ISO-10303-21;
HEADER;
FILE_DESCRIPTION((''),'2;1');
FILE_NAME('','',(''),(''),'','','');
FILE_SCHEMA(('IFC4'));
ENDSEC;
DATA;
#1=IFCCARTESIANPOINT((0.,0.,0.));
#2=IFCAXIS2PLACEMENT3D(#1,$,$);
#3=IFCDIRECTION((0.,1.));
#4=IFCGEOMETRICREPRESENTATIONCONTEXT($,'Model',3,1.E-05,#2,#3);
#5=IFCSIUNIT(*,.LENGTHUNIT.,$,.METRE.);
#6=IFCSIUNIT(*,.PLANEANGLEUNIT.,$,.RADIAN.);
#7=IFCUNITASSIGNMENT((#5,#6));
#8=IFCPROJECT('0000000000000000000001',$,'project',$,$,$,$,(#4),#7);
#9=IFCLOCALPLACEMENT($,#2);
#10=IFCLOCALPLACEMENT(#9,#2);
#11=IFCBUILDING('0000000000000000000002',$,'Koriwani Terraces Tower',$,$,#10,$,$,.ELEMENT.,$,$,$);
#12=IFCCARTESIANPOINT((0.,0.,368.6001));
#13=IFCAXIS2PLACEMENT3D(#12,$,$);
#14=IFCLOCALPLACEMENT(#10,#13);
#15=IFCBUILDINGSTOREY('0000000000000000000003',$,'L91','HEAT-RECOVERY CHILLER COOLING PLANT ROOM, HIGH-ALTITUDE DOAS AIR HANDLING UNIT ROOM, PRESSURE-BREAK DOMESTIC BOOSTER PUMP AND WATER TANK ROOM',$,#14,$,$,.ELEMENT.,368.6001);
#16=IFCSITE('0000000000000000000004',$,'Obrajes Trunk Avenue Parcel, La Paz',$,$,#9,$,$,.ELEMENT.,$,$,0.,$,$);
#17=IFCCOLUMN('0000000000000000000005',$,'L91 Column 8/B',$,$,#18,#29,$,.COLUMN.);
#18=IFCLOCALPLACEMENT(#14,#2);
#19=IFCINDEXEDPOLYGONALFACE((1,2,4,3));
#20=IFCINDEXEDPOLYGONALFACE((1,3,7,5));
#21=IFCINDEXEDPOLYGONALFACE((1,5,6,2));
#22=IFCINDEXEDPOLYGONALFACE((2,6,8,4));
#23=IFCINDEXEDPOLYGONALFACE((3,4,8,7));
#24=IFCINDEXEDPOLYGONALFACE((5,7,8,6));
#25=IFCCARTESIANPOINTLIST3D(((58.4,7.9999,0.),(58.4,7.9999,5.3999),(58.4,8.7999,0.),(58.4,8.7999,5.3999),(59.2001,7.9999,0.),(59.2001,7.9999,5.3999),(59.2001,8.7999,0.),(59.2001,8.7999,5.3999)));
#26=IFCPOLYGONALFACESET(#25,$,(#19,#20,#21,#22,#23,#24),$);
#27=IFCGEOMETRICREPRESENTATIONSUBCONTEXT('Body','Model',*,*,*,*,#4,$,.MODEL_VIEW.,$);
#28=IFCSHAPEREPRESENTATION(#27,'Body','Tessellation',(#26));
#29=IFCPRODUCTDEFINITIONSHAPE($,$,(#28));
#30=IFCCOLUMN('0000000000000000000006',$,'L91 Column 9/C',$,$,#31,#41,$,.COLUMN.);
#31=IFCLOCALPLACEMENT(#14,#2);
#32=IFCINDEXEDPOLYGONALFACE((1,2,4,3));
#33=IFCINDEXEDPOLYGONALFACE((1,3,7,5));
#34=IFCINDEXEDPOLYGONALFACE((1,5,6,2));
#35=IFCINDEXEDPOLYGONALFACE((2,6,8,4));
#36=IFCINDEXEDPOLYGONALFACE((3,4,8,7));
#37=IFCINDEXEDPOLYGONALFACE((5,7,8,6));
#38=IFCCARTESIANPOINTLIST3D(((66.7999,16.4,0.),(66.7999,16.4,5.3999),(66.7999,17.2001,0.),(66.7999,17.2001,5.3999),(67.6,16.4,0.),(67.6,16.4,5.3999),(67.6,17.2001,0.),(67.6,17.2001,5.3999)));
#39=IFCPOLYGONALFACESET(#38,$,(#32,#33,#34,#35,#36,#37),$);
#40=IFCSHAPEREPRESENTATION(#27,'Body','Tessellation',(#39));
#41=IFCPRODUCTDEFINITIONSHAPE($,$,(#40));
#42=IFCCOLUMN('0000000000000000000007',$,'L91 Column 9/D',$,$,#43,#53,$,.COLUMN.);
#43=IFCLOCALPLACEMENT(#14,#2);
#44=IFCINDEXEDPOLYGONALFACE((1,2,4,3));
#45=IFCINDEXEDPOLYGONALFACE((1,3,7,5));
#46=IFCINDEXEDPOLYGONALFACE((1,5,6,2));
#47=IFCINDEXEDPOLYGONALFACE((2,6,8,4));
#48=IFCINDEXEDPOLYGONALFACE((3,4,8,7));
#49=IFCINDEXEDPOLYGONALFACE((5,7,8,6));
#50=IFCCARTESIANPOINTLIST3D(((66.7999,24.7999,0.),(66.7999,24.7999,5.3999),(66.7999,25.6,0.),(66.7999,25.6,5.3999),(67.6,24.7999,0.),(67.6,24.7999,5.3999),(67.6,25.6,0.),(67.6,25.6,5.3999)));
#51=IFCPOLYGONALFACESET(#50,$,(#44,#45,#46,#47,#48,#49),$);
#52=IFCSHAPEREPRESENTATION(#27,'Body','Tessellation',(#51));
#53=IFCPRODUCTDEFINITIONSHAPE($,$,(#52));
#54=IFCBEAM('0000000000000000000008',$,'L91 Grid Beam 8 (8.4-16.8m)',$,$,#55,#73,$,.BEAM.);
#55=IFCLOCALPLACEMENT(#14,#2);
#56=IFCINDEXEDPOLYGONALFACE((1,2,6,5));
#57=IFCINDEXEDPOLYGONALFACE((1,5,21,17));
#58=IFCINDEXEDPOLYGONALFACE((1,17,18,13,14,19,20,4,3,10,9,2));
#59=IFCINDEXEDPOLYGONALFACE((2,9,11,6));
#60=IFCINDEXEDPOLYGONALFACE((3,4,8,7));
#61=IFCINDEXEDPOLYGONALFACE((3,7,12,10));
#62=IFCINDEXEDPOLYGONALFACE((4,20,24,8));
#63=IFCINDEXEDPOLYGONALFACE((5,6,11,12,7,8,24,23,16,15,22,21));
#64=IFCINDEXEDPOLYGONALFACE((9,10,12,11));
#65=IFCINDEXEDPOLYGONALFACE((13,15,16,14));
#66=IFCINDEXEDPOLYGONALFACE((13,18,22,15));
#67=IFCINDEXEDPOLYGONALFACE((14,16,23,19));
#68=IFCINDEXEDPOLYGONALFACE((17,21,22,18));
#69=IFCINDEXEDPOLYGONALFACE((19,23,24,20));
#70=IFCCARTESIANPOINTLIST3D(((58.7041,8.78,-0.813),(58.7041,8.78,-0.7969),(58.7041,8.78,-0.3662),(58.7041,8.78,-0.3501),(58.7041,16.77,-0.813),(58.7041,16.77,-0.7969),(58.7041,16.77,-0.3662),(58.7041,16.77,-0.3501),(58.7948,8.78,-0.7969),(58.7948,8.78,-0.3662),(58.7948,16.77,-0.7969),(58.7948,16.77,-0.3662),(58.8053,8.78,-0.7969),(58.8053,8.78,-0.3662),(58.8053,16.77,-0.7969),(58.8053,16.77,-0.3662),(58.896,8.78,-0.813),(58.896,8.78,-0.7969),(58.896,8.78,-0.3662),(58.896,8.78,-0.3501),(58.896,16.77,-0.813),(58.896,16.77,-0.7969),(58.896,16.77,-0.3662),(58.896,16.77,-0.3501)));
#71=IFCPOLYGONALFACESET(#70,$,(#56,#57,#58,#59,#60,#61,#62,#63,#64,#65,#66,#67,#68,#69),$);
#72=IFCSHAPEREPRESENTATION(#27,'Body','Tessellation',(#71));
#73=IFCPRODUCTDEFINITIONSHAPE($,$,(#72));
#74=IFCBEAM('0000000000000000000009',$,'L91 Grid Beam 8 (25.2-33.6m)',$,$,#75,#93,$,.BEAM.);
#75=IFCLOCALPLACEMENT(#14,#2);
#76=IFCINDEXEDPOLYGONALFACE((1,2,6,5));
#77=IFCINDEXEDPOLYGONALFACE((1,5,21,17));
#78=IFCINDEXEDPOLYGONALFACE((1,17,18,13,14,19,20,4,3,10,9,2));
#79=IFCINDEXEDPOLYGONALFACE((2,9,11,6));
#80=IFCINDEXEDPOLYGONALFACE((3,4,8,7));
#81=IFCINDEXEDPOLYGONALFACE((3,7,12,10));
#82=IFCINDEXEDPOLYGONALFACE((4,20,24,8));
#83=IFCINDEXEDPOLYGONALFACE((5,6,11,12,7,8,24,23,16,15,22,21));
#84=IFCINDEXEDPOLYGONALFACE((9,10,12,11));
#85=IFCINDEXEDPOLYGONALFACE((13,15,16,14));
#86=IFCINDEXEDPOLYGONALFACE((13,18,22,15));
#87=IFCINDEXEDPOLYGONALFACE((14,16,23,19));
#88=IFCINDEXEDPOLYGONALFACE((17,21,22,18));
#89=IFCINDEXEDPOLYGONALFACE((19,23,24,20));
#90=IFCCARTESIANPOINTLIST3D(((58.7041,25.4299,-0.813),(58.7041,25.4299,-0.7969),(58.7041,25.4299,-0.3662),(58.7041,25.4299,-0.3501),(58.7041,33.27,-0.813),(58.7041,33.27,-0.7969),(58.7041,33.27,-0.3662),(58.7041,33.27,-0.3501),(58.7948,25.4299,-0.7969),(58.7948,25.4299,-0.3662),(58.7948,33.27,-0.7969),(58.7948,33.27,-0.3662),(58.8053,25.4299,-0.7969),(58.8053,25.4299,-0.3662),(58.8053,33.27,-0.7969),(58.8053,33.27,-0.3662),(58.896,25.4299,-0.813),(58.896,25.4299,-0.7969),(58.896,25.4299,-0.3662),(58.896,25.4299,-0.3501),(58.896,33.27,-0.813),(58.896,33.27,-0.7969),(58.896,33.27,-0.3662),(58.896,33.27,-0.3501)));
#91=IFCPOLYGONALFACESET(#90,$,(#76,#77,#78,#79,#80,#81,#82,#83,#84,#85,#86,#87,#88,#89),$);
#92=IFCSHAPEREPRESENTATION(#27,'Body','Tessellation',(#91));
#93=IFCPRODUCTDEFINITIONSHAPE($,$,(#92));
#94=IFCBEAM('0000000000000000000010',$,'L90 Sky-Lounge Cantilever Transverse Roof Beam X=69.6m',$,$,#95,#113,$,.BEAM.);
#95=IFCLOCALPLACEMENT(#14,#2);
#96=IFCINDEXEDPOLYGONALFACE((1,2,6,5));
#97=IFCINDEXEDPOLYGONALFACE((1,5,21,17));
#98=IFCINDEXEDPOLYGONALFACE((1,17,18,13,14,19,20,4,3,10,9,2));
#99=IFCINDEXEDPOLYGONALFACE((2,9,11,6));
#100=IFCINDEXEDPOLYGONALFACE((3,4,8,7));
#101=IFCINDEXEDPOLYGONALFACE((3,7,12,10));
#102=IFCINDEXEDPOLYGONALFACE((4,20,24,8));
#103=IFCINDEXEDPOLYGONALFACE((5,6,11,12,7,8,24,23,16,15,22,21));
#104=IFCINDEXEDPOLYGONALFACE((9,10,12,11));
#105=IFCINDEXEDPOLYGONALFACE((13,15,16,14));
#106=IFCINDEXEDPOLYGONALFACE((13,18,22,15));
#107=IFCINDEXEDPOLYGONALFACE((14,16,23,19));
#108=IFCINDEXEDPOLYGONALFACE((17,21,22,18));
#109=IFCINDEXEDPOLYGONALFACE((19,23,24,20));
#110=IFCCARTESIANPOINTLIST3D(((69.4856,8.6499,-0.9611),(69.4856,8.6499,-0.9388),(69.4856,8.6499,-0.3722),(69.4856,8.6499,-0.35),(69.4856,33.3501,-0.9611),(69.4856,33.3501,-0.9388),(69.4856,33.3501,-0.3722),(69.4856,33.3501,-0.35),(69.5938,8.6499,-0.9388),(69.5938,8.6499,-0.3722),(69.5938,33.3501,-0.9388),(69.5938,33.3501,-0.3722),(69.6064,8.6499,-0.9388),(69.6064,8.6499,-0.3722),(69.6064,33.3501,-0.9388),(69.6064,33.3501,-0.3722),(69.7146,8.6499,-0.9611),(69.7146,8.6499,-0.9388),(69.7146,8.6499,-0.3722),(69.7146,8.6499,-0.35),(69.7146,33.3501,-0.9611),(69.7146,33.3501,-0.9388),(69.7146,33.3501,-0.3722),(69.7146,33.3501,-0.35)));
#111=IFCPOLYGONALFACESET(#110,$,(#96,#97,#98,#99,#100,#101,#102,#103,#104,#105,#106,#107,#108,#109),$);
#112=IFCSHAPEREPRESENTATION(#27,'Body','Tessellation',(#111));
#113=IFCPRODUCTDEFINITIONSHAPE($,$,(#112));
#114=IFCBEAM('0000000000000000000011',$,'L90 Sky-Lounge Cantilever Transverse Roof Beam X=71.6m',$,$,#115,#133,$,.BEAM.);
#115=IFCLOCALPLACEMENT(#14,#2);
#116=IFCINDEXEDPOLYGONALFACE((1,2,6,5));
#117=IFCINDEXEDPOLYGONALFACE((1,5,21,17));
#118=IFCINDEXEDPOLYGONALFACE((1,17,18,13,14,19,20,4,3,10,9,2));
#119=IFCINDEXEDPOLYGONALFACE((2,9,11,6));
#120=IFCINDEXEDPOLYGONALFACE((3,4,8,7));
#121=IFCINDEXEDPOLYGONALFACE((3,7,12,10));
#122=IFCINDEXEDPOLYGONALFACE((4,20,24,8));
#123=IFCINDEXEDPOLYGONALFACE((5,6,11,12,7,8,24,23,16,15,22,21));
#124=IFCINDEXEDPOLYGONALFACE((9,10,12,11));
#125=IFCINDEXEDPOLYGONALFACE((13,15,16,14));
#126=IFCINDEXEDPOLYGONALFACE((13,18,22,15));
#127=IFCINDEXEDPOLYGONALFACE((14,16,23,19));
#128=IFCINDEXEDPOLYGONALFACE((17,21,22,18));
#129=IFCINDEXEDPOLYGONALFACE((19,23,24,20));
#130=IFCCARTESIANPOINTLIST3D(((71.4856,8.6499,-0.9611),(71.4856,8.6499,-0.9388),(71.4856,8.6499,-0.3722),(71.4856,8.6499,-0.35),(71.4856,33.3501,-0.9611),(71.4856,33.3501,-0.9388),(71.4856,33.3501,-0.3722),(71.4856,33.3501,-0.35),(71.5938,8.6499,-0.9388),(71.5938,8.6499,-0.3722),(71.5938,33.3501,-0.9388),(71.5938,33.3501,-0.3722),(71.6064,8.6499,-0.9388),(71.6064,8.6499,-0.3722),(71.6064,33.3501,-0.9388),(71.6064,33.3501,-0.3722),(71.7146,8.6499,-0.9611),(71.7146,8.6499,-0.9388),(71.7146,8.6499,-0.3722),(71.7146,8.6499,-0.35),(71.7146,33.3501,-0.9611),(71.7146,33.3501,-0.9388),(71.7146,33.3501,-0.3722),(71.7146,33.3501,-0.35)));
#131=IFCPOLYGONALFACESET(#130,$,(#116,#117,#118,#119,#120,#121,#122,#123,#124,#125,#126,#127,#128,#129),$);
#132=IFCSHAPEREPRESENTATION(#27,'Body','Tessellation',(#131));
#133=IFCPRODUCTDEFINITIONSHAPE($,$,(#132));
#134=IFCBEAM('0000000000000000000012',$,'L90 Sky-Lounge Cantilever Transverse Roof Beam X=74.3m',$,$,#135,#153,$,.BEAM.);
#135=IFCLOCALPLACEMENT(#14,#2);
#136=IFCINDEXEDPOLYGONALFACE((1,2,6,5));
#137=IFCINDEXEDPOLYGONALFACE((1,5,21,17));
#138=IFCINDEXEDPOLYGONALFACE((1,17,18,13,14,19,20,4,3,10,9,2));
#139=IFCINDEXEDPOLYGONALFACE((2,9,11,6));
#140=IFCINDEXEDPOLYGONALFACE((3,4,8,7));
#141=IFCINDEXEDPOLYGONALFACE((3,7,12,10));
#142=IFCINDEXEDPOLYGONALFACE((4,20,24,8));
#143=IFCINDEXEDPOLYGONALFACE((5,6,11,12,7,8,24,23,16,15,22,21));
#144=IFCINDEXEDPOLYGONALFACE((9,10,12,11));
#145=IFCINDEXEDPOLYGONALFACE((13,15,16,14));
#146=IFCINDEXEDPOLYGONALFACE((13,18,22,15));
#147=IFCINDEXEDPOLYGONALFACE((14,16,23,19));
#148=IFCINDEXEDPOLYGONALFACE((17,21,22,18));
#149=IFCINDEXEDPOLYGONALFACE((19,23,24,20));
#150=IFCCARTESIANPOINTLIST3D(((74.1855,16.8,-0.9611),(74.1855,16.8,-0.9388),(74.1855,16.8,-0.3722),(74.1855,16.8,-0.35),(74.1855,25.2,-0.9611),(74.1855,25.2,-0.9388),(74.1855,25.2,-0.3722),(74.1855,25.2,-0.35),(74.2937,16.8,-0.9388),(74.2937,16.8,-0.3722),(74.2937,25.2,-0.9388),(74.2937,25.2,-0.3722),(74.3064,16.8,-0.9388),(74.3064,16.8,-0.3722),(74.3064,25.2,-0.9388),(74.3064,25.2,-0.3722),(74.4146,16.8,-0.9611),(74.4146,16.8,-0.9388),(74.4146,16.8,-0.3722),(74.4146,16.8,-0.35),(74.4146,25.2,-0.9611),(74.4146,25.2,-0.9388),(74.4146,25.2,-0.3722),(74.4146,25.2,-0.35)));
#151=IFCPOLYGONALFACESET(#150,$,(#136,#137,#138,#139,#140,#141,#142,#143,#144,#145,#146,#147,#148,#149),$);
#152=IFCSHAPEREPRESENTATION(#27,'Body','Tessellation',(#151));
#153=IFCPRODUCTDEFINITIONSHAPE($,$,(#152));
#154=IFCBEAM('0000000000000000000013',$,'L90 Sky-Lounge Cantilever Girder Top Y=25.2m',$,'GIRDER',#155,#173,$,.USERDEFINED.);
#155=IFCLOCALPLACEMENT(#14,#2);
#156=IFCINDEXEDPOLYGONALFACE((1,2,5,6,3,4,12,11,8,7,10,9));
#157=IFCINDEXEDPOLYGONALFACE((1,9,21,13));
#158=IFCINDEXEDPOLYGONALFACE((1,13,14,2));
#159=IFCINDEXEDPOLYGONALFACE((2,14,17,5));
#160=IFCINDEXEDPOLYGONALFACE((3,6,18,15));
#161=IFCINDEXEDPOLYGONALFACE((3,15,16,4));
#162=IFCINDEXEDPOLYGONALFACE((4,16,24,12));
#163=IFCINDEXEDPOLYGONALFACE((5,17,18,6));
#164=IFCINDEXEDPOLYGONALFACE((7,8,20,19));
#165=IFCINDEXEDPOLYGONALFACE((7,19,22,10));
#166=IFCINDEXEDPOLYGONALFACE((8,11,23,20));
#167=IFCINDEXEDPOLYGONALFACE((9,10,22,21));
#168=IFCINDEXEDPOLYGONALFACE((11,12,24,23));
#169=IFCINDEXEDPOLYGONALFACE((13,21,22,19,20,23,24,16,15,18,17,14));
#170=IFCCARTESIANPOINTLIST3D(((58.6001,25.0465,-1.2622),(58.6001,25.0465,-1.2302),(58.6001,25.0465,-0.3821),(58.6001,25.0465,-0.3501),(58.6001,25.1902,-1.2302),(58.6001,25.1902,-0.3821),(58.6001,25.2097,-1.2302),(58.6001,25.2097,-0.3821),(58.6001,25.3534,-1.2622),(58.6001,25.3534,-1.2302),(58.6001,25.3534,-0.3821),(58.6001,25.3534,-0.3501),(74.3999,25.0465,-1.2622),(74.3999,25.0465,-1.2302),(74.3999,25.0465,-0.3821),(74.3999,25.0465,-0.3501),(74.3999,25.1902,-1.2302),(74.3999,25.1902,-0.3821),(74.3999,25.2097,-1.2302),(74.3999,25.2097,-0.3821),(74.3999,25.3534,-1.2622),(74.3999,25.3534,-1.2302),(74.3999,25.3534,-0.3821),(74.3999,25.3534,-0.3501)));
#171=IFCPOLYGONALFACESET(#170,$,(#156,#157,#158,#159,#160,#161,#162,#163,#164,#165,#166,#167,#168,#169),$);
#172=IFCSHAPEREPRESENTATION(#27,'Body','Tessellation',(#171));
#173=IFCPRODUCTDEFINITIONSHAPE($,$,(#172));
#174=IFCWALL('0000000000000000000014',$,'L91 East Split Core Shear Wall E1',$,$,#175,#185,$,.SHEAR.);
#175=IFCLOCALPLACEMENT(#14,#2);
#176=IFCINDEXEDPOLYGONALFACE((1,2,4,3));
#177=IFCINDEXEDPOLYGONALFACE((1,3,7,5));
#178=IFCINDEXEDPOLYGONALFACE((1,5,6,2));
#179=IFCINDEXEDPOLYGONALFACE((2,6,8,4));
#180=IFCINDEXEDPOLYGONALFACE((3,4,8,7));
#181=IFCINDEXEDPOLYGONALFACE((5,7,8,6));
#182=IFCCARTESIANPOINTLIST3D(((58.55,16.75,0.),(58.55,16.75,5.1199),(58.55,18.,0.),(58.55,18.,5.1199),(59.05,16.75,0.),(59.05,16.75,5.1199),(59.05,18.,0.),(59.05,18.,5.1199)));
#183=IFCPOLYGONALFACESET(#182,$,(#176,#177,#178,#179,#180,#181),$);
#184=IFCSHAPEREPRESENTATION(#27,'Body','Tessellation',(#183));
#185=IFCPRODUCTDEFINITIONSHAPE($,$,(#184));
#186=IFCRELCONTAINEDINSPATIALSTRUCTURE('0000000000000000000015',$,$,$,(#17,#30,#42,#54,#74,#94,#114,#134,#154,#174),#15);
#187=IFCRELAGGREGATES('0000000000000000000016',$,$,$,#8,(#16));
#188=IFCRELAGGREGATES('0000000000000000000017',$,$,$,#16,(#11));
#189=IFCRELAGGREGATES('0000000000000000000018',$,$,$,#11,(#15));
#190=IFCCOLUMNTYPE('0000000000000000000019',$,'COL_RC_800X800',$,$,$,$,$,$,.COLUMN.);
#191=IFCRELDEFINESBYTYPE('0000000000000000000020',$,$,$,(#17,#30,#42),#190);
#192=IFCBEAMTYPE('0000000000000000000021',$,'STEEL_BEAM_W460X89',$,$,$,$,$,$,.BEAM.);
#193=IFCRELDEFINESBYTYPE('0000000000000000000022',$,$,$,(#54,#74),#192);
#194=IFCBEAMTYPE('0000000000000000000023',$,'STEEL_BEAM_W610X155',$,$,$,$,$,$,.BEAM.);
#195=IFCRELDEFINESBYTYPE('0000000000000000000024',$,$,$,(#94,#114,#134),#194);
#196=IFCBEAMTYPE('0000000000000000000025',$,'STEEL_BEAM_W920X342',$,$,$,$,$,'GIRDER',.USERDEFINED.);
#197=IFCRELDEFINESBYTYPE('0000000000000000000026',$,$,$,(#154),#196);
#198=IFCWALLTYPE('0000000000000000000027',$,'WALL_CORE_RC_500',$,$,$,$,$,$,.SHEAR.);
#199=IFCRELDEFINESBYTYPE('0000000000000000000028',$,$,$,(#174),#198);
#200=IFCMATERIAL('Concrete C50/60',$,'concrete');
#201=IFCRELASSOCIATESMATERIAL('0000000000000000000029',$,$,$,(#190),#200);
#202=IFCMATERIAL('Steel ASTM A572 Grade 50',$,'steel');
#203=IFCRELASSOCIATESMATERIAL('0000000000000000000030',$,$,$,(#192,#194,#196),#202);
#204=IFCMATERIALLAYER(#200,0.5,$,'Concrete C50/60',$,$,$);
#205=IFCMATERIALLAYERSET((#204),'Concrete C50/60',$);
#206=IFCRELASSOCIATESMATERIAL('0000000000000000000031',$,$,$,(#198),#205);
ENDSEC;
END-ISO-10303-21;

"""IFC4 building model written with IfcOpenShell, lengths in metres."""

from ifc_helpers import new_model, si_unit, direction, frame, frame_2d, origin, origin_2d, place, context, subcontext, project, spatial, rectangle, i_section, extrude, material, layer, layer_set, material_profile, profile_set, type_object, element, save


model = new_model("IFC4")

# Units and contexts
model_context = context("Model", 3, precision=1e-05, world=origin(), true_north=direction((0.0, 1.0)))
body_context = subcontext(model_context, "Body", "Model", "MODEL_VIEW")
ifc_project = project(units=[si_unit("LENGTHUNIT", "METRE"), si_unit("PLANEANGLEUNIT", "RADIAN")], contexts=[model_context])

# Site, building, storey
site_placement = place(None, origin())
site = spatial("IfcSite", under=ifc_project, at=site_placement, Name="Obrajes Trunk Avenue Parcel, La Paz", CompositionType="ELEMENT", RefElevation=0.0)
building_placement = place(site_placement, origin())
building = spatial("IfcBuilding", under=site, at=building_placement, Name="Koriwani Terraces Tower", CompositionType="ELEMENT")
storey_placement = place(building_placement, frame((0.0, 0.0, 368.6001)))
storey = spatial("IfcBuildingStorey", under=building, at=storey_placement, Name="L91", Description="HEAT-RECOVERY CHILLER COOLING PLANT ROOM, HIGH-ALTITUDE DOAS AIR HANDLING UNIT ROOM, PRESSURE-BREAK DOMESTIC BOOSTER PUMP AND WATER TANK ROOM", CompositionType="ELEMENT", Elevation=368.6001)

# Columns
ifc_material_1 = material(Name="Concrete C50/60", Category="concrete")
ifc_material_profile_1 = material_profile(ifc_material_1, rectangle(XDim=0.8, YDim=0.8, at=origin_2d()), Name="Concrete C50/60", Category="LoadBearing")
ifc_profile_set_1 = profile_set([ifc_material_profile_1], Name="Concrete C50/60")
column_type = type_object("IfcColumnType", Name="COL_RC_800X800", PredefinedType="COLUMN", material=ifc_profile_set_1)
for number, where, z_axis, x_axis, name in (
    (1, (58.8, 8.3999, 0.0), (0.0, 0.0, 1.0), (1.0, 0.0, 0.0), "L91 Column 8/B"),
    (2, (67.2, 16.8, 0.0), (0.0, 0.0, 1.0), (1.0, 0.0, 0.0), "L91 Column 9/C"),
    (3, (67.2, 25.2, 0.0), (0.0, 0.0, 1.0), (1.0, 0.0, 0.0), "L91 Column 9/D"),
):
    element("IfcColumn", number, at=place(storey_placement, frame(where, z_axis=z_axis, x_axis=x_axis)), inside=storey, type_object=column_type, Name=name, PredefinedType="COLUMN", context=body_context, shape_type="SweptSolid", body=[
        extrude(rectangle(XDim=0.8, YDim=0.8, at=origin_2d()), origin(), (0.0, 0.0, 1.0), 5.3999),
    ])

# Beams
ifc_material_2 = material(Name="Steel ASTM A572 Grade 50", Category="steel")
ifc_material_profile_2 = material_profile(ifc_material_2, i_section(OverallWidth=0.1919, OverallDepth=0.4629, WebThickness=0.0105, FlangeThickness=0.0161, at=origin_2d()), Name="Steel ASTM A572 Grade 50", Category="LoadBearing")
ifc_profile_set_2 = profile_set([ifc_material_profile_2], Name="Steel ASTM A572 Grade 50")
beam_type_1 = type_object("IfcBeamType", Name="STEEL_BEAM_W460X89", PredefinedType="BEAM", material=ifc_profile_set_2)
beam_1_placement = place(storey_placement, frame((58.8, 8.78, -0.5815), z_axis=(0.0, 1.0, 0.0), x_axis=(-1.0, 0.0, 0.0)))
element("IfcBeam", 4, at=beam_1_placement, inside=storey, type_object=beam_type_1, Name="L91 Grid Beam 8 (8.4-16.8m)", PredefinedType="BEAM", context=body_context, shape_type="SweptSolid", body=[
    extrude(i_section(OverallWidth=0.1919, OverallDepth=0.4629, WebThickness=0.0105, FlangeThickness=0.0161, at=origin_2d()), origin(), (0.0, 0.0, 1.0), 7.99),
])
beam_2_placement = place(storey_placement, frame((58.8, 25.4299, -0.5815), z_axis=(0.0, 1.0, 0.0), x_axis=(-1.0, 0.0, 0.0)))
element("IfcBeam", 5, at=beam_2_placement, inside=storey, type_object=beam_type_1, Name="L91 Grid Beam 8 (25.2-33.6m)", PredefinedType="BEAM", context=body_context, shape_type="SweptSolid", body=[
    extrude(i_section(OverallWidth=0.1919, OverallDepth=0.4629, WebThickness=0.0105, FlangeThickness=0.0161, at=origin_2d()), origin(), (0.0, 0.0, 1.0), 7.8401),
])
ifc_material_profile_3 = material_profile(ifc_material_2, i_section(OverallWidth=0.229, OverallDepth=0.6111, WebThickness=0.0127, FlangeThickness=0.0222, at=origin_2d()), Name="Steel ASTM A572 Grade 50", Category="LoadBearing")
ifc_profile_set_3 = profile_set([ifc_material_profile_3], Name="Steel ASTM A572 Grade 50")
beam_type_2 = type_object("IfcBeamType", Name="STEEL_BEAM_W610X155", PredefinedType="BEAM", material=ifc_profile_set_3)
for number, where, z_axis, x_axis, name in (
    (6, (69.6001, 8.6499, -0.6555), (0.0, 1.0, 0.0), (-1.0, 0.0, 0.0), "L90 Sky-Lounge Cantilever Transverse Roof Beam X=69.6m"),
    (7, (71.6001, 8.6499, -0.6555), (0.0, 1.0, 0.0), (-1.0, 0.0, 0.0), "L90 Sky-Lounge Cantilever Transverse Roof Beam X=71.6m"),
):
    element("IfcBeam", number, at=place(storey_placement, frame(where, z_axis=z_axis, x_axis=x_axis)), inside=storey, type_object=beam_type_2, Name=name, PredefinedType="BEAM", context=body_context, shape_type="SweptSolid", body=[
        extrude(i_section(OverallWidth=0.229, OverallDepth=0.6111, WebThickness=0.0127, FlangeThickness=0.0222, at=origin_2d()), origin(), (0.0, 0.0, 1.0), 24.7002),
    ])
beam_3_placement = place(storey_placement, frame((74.3, 16.8, -0.6555), z_axis=(0.0, 1.0, 0.0), x_axis=(-1.0, 0.0, 0.0)))
element("IfcBeam", 8, at=beam_3_placement, inside=storey, type_object=beam_type_2, Name="L90 Sky-Lounge Cantilever Transverse Roof Beam X=74.3m", PredefinedType="BEAM", context=body_context, shape_type="SweptSolid", body=[
    extrude(i_section(OverallWidth=0.229, OverallDepth=0.6111, WebThickness=0.0127, FlangeThickness=0.0222, at=origin_2d()), origin(), (0.0, 0.0, 1.0), 8.3999),
])
ifc_material_profile_4 = material_profile(ifc_material_2, i_section(OverallWidth=0.3069, OverallDepth=0.9121, WebThickness=0.0195, FlangeThickness=0.032, at=origin_2d()), Name="Steel ASTM A572 Grade 50", Category="LoadBearing")
ifc_profile_set_4 = profile_set([ifc_material_profile_4], Name="Steel ASTM A572 Grade 50")
beam_type_3 = type_object("IfcBeamType", Name="STEEL_BEAM_W920X342", ElementType="GIRDER", PredefinedType="USERDEFINED", material=ifc_profile_set_4)
beam_4_placement = place(storey_placement, frame((58.6001, 25.2, -0.8062), z_axis=(1.0, 0.0, 0.0), x_axis=(0.0, 1.0, 0.0)))
element("IfcBeam", 9, at=beam_4_placement, inside=storey, type_object=beam_type_3, Name="L90 Sky-Lounge Cantilever Girder Top Y=25.2m", ObjectType="GIRDER", PredefinedType="USERDEFINED", context=body_context, shape_type="SweptSolid", body=[
    extrude(i_section(OverallWidth=0.3069, OverallDepth=0.9121, WebThickness=0.0195, FlangeThickness=0.032, at=origin_2d()), origin(), (0.0, 0.0, 1.0), 15.7998),
])

# Wall
ifc_layer_1 = layer(ifc_material_1, 0.5, Name="Concrete C50/60")
ifc_layer_set_1 = layer_set([ifc_layer_1], Name="Concrete C50/60")
wall_type_1 = type_object("IfcWallType", Name="WALL_CORE_RC_500", PredefinedType="SHEAR", material=ifc_layer_set_1)
wall_1_placement = place(storey_placement, frame((58.8, 16.75, 0.0), z_axis=(0.0, 0.0, 1.0), x_axis=(0.0, 1.0, 0.0)))
element("IfcWall", 10, at=wall_1_placement, inside=storey, type_object=wall_type_1, Name="L91 East Split Core Shear Wall E1", PredefinedType="SHEAR", context=body_context, shape_type="SweptSolid", body=[
    extrude(rectangle(XDim=1.25, YDim=0.5, at=frame_2d((0.625, 0.0))), origin(), (0.0, 0.0, 1.0), 5.1199),
])

save(model, "model.ifc")
